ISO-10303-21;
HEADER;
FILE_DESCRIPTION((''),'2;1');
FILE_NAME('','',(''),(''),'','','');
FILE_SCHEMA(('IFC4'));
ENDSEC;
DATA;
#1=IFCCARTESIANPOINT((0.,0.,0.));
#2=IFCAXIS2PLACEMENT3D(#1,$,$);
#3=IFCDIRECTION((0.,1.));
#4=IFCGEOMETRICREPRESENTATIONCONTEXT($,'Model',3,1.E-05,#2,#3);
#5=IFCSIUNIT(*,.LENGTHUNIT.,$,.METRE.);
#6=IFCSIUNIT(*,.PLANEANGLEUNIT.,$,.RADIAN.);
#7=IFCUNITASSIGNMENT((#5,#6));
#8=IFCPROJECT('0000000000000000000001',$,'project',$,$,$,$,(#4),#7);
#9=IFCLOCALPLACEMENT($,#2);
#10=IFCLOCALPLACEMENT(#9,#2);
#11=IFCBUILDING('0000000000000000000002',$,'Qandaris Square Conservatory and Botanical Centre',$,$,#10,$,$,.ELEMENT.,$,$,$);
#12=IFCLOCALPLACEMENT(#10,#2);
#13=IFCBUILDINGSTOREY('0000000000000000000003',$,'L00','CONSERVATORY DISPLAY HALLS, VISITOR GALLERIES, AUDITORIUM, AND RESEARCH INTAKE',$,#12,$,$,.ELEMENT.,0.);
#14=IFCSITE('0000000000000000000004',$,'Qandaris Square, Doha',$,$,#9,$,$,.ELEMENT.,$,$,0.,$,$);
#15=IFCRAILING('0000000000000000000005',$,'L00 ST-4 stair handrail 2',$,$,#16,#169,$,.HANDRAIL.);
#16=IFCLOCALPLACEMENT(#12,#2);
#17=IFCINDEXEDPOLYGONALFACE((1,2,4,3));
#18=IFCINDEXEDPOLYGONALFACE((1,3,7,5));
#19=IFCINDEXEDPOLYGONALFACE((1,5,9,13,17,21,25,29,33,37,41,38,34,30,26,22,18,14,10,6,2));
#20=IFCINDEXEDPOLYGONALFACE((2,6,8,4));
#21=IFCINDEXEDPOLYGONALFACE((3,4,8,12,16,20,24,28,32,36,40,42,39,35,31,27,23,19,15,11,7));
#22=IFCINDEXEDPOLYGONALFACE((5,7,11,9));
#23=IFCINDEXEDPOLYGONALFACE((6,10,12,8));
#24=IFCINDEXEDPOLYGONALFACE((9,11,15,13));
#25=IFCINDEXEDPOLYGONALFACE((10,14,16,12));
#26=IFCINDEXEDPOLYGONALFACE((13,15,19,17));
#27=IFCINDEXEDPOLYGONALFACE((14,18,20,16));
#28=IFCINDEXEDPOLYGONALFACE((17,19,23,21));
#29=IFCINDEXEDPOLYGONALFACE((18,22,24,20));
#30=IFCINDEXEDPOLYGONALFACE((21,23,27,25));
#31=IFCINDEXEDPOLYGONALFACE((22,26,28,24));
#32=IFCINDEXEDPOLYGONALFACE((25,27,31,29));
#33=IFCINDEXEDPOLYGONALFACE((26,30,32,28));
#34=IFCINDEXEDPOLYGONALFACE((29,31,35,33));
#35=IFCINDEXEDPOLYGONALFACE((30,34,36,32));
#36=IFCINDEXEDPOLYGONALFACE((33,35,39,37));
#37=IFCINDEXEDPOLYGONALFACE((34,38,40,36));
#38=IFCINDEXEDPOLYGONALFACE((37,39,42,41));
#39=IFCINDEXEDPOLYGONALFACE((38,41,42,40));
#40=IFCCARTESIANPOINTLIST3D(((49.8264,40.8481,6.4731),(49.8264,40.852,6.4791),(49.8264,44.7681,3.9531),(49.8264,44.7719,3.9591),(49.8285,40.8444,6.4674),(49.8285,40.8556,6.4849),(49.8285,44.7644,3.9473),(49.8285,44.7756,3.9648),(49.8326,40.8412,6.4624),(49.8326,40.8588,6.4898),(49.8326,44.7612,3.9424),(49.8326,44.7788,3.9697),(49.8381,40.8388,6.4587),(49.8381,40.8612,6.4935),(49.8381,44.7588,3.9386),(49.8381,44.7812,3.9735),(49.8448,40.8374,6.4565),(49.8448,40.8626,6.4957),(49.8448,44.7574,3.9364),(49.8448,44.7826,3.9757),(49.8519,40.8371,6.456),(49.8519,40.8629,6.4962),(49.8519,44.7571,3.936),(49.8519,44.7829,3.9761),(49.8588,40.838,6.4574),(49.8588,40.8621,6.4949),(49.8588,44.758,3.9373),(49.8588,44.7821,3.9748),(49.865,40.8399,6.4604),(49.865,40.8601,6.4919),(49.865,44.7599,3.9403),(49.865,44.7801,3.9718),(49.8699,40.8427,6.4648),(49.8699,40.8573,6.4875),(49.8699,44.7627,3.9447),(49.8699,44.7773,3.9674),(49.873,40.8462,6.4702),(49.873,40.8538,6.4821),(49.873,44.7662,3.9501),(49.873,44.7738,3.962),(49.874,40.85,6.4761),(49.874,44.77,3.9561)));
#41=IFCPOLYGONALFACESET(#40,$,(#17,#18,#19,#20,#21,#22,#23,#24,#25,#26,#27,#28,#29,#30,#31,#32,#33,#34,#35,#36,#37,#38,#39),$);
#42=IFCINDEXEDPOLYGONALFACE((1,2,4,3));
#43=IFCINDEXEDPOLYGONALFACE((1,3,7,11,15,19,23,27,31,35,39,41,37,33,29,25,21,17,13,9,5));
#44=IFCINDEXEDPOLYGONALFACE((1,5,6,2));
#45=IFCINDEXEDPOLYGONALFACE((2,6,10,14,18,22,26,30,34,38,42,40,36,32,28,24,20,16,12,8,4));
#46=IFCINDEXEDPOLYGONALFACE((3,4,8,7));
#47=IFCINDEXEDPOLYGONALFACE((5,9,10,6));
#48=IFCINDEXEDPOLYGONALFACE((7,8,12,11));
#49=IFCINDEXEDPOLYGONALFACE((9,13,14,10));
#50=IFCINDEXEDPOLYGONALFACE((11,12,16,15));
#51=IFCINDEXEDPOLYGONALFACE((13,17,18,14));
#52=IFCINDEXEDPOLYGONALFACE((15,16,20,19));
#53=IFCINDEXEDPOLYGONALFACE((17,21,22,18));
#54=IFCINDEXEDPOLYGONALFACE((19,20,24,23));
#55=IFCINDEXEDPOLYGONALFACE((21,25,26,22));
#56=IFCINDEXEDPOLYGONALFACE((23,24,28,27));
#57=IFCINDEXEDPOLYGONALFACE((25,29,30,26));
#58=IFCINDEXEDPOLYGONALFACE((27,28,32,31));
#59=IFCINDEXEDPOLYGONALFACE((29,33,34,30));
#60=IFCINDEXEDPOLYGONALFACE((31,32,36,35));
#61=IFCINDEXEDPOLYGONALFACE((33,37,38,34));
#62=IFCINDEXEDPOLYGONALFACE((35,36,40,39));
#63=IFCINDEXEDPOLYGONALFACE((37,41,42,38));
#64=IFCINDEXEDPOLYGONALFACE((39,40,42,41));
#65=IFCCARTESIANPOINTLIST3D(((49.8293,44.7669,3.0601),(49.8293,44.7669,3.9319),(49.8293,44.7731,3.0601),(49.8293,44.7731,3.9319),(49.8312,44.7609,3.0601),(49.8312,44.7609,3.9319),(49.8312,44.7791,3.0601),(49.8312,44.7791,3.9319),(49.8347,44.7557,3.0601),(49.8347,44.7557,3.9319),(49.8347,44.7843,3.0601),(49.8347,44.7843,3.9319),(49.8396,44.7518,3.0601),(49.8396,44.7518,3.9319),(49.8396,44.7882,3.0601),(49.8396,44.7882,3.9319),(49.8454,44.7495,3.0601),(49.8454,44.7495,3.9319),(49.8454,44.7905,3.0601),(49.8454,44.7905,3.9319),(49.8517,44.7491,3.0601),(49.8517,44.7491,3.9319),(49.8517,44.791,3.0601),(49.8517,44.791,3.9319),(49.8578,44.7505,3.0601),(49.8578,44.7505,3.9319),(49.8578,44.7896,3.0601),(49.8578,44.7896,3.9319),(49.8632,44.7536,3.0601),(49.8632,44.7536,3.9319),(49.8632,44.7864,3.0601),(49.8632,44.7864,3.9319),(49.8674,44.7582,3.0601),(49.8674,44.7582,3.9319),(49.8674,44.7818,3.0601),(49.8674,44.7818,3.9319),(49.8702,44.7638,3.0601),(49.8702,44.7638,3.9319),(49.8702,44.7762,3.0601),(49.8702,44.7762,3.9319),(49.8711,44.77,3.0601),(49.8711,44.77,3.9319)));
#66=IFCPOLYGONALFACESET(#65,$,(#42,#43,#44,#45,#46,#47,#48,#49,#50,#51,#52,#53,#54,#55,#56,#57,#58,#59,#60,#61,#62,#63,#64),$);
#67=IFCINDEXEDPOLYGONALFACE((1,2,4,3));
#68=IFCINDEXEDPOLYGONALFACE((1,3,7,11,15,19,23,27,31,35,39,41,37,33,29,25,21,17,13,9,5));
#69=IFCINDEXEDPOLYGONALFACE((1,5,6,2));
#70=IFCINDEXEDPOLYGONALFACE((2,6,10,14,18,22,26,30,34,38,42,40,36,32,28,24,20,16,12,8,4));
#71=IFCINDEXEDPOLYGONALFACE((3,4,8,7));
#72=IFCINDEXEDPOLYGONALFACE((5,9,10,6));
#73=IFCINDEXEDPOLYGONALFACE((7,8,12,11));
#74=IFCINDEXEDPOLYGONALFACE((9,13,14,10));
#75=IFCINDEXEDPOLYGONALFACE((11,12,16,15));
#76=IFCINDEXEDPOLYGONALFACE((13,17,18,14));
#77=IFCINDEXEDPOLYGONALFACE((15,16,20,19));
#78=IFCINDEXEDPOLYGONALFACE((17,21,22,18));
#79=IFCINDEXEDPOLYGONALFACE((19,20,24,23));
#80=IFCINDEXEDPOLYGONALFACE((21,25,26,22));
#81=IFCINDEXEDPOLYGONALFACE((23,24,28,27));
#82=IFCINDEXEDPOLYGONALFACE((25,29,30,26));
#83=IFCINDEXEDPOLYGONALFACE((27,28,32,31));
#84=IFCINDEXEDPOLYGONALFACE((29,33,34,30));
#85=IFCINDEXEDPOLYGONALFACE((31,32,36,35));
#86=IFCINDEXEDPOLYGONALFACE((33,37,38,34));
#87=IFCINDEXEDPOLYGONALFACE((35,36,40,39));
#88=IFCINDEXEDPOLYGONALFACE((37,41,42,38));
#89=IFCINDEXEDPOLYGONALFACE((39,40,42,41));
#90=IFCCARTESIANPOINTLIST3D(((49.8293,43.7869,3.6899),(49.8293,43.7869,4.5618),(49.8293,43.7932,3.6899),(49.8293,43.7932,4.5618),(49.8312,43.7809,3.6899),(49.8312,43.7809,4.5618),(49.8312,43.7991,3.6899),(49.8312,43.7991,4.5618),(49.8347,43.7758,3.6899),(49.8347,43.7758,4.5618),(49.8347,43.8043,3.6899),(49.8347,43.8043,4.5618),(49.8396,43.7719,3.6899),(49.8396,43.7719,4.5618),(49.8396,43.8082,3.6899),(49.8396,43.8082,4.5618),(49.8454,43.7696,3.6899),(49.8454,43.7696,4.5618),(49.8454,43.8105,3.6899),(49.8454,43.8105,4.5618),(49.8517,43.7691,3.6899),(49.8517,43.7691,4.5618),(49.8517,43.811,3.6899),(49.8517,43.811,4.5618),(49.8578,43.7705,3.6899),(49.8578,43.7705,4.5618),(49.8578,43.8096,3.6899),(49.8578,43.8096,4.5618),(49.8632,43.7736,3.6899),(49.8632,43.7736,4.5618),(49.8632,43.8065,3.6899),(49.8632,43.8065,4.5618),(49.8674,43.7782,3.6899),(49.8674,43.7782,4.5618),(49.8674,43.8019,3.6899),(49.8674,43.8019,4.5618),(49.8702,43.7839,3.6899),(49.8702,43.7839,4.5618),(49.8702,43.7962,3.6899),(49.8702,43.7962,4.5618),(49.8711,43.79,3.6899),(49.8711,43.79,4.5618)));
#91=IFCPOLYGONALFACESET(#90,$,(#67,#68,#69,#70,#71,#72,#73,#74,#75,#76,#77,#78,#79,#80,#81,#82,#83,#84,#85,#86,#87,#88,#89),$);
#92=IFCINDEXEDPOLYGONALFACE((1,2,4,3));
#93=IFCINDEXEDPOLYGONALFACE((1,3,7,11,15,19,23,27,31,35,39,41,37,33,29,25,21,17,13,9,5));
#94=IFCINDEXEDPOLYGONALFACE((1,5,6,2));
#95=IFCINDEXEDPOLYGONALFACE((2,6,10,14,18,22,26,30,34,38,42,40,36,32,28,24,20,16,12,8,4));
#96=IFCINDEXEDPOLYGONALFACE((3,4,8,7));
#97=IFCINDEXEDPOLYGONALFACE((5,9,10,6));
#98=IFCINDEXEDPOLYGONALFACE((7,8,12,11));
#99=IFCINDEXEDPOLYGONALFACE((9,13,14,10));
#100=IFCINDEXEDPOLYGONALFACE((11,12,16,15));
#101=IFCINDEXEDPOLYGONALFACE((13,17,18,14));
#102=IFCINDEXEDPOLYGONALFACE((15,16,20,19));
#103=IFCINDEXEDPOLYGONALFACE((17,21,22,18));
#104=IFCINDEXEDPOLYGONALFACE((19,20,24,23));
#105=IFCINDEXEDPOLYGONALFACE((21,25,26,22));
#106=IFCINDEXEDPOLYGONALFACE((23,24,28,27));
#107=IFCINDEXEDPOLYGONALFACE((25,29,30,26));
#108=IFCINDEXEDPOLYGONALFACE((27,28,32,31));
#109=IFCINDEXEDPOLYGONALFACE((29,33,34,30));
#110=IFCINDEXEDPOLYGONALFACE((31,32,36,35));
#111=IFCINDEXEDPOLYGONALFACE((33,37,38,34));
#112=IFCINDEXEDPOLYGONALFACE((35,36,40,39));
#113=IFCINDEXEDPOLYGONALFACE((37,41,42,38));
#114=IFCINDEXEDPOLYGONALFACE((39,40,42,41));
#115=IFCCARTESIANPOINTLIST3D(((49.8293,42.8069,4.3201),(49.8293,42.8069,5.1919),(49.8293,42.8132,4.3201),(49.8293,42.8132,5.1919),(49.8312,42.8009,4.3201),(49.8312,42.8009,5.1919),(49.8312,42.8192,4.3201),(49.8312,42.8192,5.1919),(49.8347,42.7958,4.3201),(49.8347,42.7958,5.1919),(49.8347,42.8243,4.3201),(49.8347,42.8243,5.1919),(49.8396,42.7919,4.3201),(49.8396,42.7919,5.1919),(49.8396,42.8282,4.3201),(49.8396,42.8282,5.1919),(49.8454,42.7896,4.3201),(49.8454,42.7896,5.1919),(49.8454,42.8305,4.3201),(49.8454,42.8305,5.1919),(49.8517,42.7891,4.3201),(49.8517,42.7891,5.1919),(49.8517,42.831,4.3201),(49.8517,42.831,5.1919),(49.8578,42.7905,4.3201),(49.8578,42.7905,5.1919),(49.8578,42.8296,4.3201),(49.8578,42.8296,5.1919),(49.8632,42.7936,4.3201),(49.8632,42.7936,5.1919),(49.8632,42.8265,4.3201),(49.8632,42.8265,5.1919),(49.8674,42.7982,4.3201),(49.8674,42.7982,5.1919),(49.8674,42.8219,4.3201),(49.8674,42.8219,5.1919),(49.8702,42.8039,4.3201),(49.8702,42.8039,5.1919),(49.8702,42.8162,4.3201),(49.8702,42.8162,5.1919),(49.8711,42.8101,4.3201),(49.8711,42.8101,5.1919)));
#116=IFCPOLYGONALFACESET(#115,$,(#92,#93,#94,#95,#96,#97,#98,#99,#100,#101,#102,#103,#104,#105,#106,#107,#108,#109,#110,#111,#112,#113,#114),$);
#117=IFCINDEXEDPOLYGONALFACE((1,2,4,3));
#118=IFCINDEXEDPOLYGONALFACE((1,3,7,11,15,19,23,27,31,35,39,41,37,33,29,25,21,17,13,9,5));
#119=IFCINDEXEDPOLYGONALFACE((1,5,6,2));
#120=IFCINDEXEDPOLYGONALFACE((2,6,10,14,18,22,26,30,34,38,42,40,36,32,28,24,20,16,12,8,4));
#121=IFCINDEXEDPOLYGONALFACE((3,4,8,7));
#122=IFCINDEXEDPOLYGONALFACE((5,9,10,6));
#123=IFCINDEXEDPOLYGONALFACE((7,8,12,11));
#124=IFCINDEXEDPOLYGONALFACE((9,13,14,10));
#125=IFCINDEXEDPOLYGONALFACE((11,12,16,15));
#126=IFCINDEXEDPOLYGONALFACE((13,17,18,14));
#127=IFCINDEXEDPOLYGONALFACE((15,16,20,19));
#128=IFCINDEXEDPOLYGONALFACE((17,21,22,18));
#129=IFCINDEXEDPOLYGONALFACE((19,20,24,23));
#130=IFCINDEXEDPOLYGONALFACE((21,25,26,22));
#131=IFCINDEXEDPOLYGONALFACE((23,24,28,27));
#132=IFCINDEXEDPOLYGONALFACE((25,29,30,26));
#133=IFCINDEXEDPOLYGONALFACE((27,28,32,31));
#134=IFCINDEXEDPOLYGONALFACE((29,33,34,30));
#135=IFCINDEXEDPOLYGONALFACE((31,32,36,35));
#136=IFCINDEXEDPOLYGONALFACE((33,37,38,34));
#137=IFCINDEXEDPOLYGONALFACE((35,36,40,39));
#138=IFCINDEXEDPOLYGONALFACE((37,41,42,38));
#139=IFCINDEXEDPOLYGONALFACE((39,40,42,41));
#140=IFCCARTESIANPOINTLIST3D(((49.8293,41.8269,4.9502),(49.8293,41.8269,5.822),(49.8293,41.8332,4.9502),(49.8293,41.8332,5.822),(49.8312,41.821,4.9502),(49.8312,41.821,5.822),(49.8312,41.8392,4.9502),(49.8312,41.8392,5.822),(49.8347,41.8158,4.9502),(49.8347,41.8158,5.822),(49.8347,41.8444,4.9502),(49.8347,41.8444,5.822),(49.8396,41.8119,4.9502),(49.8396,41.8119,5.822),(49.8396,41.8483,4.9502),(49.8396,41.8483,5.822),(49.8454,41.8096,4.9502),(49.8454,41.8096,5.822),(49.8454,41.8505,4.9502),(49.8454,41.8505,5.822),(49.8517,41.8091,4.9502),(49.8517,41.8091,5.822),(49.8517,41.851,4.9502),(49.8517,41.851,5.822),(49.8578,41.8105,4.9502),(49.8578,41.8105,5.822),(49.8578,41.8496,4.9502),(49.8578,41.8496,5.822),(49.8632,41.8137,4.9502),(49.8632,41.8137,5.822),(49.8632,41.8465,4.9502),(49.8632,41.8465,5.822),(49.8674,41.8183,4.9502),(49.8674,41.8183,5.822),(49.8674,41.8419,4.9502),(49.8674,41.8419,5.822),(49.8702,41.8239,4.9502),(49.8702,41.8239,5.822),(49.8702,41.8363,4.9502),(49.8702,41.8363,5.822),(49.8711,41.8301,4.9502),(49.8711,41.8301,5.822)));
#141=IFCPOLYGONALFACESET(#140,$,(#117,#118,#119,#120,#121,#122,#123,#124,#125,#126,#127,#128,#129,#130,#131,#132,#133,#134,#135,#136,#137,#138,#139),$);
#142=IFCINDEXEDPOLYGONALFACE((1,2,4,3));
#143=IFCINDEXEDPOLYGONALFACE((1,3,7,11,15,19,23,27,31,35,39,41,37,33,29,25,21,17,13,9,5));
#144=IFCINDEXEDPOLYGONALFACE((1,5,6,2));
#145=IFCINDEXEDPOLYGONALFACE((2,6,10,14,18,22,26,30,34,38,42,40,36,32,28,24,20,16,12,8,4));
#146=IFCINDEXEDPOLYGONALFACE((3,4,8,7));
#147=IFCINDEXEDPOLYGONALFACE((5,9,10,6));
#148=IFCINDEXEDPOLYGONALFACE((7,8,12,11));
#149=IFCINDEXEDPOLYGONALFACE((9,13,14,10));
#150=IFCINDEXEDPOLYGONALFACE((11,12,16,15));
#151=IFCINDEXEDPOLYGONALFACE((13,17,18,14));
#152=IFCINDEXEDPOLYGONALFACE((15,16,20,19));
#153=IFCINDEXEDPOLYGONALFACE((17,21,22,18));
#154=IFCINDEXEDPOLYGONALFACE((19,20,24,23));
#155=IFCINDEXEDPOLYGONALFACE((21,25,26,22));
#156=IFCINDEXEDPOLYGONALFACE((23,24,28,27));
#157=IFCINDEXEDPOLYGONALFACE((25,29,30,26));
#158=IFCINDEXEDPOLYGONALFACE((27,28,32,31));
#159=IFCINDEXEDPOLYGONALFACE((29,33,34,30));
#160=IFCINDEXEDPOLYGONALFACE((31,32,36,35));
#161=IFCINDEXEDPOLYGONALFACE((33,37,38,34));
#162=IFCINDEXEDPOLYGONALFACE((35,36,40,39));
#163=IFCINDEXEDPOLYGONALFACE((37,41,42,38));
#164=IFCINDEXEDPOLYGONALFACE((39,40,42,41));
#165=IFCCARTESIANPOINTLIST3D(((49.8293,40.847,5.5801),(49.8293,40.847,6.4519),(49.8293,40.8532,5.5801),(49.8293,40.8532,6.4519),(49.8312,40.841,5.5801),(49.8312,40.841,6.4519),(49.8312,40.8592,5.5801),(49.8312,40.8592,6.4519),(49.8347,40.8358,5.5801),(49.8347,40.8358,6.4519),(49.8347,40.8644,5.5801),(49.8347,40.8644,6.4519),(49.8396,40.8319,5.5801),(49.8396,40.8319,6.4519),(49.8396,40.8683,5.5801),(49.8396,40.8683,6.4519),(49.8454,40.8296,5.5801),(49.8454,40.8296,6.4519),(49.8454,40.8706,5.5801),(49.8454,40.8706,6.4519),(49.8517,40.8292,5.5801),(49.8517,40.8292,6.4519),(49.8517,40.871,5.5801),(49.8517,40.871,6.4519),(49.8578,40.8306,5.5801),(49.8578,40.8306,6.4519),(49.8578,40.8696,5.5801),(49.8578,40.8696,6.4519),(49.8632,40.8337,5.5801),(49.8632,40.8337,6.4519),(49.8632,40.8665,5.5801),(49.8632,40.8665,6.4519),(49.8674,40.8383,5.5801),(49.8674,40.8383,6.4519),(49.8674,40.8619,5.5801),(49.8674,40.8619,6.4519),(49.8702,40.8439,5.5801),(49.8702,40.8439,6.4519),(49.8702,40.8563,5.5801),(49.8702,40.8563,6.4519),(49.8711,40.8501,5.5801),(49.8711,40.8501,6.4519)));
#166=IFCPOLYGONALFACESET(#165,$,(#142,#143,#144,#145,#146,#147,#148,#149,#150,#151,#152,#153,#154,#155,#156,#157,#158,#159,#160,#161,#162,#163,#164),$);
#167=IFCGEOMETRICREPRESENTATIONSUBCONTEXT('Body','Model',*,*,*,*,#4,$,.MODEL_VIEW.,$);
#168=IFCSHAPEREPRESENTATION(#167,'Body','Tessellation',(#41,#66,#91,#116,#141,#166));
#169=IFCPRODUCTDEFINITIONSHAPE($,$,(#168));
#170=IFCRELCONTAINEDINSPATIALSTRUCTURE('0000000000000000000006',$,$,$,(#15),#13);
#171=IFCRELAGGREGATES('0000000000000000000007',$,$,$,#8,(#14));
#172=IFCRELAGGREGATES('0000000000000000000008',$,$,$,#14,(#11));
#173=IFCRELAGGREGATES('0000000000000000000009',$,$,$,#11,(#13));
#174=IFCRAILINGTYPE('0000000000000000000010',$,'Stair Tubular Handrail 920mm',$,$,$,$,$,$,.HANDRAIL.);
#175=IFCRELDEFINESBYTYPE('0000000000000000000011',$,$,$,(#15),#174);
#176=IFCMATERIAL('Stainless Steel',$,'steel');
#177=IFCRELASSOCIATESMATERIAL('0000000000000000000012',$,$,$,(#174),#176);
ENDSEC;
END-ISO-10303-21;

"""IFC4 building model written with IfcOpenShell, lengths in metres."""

from ifc_helpers import new_model, si_unit, direction, frame, origin, origin_2d, place, context, subcontext, project, spatial, circle, extrude, material, type_object, element, save


model = new_model("IFC4")

# Units and contexts
model_context = context("Model", 3, precision=1e-05, world=origin(), true_north=direction((0.0, 1.0)))
body_context = subcontext(model_context, "Body", "Model", "MODEL_VIEW")
ifc_project = project(units=[si_unit("LENGTHUNIT", "METRE"), si_unit("PLANEANGLEUNIT", "RADIAN")], contexts=[model_context])

# Site, building, storey
site_placement = place(None, origin())
site = spatial("IfcSite", under=ifc_project, at=site_placement, Name="Qandaris Square, Doha", CompositionType="ELEMENT", RefElevation=0.0)
building_placement = place(site_placement, origin())
building = spatial("IfcBuilding", under=site, at=building_placement, Name="Qandaris Square Conservatory and Botanical Centre", CompositionType="ELEMENT")
storey_placement = place(building_placement, origin())
storey = spatial("IfcBuildingStorey", under=building, at=storey_placement, Name="L00", Description="CONSERVATORY DISPLAY HALLS, VISITOR GALLERIES, AUDITORIUM, AND RESEARCH INTAKE", CompositionType="ELEMENT", Elevation=0.0)

# Railing
ifc_material_1 = material(Name="Stainless Steel", Category="steel")
railing_type_1 = type_object("IfcRailingType", Name="Stair Tubular Handrail 920mm", PredefinedType="HANDRAIL", material=ifc_material_1)
railing_1_placement = place(storey_placement, frame((49.8501, 44.77, 3.0601)))
element("IfcRailing", 1, at=railing_1_placement, inside=storey, type_object=railing_type_1, Name="L00 ST-4 stair handrail 2", PredefinedType="HANDRAIL", context=body_context, shape_type="SweptSolid", body=[
    extrude(circle(Radius=0.0239, at=origin_2d()), frame((0.0, 0.0, 0.896), z_axis=(0.0, -0.841172, 0.540768), x_axis=(1.0, 0.0, 0.0)), (0.0, 0.0, 1.0), 4.6602),
    extrude(circle(Radius=0.021, at=origin_2d()), origin(), (0.0, 0.0, 1.0), 0.8718),
    extrude(circle(Radius=0.021, at=origin_2d()), frame((0.0, -0.98, 0.6299)), (0.0, 0.0, 1.0), 0.8718),
    extrude(circle(Radius=0.021, at=origin_2d()), frame((0.0, -1.96, 1.26)), (0.0, 0.0, 1.0), 0.8718),
    extrude(circle(Radius=0.021, at=origin_2d()), frame((0.0, -2.9399, 1.8901)), (0.0, 0.0, 1.0), 0.8718),
    extrude(circle(Radius=0.021, at=origin_2d()), frame((0.0, -3.9199, 2.52)), (0.0, 0.0, 1.0), 0.8718),
])

save(model, "model.ifc")
